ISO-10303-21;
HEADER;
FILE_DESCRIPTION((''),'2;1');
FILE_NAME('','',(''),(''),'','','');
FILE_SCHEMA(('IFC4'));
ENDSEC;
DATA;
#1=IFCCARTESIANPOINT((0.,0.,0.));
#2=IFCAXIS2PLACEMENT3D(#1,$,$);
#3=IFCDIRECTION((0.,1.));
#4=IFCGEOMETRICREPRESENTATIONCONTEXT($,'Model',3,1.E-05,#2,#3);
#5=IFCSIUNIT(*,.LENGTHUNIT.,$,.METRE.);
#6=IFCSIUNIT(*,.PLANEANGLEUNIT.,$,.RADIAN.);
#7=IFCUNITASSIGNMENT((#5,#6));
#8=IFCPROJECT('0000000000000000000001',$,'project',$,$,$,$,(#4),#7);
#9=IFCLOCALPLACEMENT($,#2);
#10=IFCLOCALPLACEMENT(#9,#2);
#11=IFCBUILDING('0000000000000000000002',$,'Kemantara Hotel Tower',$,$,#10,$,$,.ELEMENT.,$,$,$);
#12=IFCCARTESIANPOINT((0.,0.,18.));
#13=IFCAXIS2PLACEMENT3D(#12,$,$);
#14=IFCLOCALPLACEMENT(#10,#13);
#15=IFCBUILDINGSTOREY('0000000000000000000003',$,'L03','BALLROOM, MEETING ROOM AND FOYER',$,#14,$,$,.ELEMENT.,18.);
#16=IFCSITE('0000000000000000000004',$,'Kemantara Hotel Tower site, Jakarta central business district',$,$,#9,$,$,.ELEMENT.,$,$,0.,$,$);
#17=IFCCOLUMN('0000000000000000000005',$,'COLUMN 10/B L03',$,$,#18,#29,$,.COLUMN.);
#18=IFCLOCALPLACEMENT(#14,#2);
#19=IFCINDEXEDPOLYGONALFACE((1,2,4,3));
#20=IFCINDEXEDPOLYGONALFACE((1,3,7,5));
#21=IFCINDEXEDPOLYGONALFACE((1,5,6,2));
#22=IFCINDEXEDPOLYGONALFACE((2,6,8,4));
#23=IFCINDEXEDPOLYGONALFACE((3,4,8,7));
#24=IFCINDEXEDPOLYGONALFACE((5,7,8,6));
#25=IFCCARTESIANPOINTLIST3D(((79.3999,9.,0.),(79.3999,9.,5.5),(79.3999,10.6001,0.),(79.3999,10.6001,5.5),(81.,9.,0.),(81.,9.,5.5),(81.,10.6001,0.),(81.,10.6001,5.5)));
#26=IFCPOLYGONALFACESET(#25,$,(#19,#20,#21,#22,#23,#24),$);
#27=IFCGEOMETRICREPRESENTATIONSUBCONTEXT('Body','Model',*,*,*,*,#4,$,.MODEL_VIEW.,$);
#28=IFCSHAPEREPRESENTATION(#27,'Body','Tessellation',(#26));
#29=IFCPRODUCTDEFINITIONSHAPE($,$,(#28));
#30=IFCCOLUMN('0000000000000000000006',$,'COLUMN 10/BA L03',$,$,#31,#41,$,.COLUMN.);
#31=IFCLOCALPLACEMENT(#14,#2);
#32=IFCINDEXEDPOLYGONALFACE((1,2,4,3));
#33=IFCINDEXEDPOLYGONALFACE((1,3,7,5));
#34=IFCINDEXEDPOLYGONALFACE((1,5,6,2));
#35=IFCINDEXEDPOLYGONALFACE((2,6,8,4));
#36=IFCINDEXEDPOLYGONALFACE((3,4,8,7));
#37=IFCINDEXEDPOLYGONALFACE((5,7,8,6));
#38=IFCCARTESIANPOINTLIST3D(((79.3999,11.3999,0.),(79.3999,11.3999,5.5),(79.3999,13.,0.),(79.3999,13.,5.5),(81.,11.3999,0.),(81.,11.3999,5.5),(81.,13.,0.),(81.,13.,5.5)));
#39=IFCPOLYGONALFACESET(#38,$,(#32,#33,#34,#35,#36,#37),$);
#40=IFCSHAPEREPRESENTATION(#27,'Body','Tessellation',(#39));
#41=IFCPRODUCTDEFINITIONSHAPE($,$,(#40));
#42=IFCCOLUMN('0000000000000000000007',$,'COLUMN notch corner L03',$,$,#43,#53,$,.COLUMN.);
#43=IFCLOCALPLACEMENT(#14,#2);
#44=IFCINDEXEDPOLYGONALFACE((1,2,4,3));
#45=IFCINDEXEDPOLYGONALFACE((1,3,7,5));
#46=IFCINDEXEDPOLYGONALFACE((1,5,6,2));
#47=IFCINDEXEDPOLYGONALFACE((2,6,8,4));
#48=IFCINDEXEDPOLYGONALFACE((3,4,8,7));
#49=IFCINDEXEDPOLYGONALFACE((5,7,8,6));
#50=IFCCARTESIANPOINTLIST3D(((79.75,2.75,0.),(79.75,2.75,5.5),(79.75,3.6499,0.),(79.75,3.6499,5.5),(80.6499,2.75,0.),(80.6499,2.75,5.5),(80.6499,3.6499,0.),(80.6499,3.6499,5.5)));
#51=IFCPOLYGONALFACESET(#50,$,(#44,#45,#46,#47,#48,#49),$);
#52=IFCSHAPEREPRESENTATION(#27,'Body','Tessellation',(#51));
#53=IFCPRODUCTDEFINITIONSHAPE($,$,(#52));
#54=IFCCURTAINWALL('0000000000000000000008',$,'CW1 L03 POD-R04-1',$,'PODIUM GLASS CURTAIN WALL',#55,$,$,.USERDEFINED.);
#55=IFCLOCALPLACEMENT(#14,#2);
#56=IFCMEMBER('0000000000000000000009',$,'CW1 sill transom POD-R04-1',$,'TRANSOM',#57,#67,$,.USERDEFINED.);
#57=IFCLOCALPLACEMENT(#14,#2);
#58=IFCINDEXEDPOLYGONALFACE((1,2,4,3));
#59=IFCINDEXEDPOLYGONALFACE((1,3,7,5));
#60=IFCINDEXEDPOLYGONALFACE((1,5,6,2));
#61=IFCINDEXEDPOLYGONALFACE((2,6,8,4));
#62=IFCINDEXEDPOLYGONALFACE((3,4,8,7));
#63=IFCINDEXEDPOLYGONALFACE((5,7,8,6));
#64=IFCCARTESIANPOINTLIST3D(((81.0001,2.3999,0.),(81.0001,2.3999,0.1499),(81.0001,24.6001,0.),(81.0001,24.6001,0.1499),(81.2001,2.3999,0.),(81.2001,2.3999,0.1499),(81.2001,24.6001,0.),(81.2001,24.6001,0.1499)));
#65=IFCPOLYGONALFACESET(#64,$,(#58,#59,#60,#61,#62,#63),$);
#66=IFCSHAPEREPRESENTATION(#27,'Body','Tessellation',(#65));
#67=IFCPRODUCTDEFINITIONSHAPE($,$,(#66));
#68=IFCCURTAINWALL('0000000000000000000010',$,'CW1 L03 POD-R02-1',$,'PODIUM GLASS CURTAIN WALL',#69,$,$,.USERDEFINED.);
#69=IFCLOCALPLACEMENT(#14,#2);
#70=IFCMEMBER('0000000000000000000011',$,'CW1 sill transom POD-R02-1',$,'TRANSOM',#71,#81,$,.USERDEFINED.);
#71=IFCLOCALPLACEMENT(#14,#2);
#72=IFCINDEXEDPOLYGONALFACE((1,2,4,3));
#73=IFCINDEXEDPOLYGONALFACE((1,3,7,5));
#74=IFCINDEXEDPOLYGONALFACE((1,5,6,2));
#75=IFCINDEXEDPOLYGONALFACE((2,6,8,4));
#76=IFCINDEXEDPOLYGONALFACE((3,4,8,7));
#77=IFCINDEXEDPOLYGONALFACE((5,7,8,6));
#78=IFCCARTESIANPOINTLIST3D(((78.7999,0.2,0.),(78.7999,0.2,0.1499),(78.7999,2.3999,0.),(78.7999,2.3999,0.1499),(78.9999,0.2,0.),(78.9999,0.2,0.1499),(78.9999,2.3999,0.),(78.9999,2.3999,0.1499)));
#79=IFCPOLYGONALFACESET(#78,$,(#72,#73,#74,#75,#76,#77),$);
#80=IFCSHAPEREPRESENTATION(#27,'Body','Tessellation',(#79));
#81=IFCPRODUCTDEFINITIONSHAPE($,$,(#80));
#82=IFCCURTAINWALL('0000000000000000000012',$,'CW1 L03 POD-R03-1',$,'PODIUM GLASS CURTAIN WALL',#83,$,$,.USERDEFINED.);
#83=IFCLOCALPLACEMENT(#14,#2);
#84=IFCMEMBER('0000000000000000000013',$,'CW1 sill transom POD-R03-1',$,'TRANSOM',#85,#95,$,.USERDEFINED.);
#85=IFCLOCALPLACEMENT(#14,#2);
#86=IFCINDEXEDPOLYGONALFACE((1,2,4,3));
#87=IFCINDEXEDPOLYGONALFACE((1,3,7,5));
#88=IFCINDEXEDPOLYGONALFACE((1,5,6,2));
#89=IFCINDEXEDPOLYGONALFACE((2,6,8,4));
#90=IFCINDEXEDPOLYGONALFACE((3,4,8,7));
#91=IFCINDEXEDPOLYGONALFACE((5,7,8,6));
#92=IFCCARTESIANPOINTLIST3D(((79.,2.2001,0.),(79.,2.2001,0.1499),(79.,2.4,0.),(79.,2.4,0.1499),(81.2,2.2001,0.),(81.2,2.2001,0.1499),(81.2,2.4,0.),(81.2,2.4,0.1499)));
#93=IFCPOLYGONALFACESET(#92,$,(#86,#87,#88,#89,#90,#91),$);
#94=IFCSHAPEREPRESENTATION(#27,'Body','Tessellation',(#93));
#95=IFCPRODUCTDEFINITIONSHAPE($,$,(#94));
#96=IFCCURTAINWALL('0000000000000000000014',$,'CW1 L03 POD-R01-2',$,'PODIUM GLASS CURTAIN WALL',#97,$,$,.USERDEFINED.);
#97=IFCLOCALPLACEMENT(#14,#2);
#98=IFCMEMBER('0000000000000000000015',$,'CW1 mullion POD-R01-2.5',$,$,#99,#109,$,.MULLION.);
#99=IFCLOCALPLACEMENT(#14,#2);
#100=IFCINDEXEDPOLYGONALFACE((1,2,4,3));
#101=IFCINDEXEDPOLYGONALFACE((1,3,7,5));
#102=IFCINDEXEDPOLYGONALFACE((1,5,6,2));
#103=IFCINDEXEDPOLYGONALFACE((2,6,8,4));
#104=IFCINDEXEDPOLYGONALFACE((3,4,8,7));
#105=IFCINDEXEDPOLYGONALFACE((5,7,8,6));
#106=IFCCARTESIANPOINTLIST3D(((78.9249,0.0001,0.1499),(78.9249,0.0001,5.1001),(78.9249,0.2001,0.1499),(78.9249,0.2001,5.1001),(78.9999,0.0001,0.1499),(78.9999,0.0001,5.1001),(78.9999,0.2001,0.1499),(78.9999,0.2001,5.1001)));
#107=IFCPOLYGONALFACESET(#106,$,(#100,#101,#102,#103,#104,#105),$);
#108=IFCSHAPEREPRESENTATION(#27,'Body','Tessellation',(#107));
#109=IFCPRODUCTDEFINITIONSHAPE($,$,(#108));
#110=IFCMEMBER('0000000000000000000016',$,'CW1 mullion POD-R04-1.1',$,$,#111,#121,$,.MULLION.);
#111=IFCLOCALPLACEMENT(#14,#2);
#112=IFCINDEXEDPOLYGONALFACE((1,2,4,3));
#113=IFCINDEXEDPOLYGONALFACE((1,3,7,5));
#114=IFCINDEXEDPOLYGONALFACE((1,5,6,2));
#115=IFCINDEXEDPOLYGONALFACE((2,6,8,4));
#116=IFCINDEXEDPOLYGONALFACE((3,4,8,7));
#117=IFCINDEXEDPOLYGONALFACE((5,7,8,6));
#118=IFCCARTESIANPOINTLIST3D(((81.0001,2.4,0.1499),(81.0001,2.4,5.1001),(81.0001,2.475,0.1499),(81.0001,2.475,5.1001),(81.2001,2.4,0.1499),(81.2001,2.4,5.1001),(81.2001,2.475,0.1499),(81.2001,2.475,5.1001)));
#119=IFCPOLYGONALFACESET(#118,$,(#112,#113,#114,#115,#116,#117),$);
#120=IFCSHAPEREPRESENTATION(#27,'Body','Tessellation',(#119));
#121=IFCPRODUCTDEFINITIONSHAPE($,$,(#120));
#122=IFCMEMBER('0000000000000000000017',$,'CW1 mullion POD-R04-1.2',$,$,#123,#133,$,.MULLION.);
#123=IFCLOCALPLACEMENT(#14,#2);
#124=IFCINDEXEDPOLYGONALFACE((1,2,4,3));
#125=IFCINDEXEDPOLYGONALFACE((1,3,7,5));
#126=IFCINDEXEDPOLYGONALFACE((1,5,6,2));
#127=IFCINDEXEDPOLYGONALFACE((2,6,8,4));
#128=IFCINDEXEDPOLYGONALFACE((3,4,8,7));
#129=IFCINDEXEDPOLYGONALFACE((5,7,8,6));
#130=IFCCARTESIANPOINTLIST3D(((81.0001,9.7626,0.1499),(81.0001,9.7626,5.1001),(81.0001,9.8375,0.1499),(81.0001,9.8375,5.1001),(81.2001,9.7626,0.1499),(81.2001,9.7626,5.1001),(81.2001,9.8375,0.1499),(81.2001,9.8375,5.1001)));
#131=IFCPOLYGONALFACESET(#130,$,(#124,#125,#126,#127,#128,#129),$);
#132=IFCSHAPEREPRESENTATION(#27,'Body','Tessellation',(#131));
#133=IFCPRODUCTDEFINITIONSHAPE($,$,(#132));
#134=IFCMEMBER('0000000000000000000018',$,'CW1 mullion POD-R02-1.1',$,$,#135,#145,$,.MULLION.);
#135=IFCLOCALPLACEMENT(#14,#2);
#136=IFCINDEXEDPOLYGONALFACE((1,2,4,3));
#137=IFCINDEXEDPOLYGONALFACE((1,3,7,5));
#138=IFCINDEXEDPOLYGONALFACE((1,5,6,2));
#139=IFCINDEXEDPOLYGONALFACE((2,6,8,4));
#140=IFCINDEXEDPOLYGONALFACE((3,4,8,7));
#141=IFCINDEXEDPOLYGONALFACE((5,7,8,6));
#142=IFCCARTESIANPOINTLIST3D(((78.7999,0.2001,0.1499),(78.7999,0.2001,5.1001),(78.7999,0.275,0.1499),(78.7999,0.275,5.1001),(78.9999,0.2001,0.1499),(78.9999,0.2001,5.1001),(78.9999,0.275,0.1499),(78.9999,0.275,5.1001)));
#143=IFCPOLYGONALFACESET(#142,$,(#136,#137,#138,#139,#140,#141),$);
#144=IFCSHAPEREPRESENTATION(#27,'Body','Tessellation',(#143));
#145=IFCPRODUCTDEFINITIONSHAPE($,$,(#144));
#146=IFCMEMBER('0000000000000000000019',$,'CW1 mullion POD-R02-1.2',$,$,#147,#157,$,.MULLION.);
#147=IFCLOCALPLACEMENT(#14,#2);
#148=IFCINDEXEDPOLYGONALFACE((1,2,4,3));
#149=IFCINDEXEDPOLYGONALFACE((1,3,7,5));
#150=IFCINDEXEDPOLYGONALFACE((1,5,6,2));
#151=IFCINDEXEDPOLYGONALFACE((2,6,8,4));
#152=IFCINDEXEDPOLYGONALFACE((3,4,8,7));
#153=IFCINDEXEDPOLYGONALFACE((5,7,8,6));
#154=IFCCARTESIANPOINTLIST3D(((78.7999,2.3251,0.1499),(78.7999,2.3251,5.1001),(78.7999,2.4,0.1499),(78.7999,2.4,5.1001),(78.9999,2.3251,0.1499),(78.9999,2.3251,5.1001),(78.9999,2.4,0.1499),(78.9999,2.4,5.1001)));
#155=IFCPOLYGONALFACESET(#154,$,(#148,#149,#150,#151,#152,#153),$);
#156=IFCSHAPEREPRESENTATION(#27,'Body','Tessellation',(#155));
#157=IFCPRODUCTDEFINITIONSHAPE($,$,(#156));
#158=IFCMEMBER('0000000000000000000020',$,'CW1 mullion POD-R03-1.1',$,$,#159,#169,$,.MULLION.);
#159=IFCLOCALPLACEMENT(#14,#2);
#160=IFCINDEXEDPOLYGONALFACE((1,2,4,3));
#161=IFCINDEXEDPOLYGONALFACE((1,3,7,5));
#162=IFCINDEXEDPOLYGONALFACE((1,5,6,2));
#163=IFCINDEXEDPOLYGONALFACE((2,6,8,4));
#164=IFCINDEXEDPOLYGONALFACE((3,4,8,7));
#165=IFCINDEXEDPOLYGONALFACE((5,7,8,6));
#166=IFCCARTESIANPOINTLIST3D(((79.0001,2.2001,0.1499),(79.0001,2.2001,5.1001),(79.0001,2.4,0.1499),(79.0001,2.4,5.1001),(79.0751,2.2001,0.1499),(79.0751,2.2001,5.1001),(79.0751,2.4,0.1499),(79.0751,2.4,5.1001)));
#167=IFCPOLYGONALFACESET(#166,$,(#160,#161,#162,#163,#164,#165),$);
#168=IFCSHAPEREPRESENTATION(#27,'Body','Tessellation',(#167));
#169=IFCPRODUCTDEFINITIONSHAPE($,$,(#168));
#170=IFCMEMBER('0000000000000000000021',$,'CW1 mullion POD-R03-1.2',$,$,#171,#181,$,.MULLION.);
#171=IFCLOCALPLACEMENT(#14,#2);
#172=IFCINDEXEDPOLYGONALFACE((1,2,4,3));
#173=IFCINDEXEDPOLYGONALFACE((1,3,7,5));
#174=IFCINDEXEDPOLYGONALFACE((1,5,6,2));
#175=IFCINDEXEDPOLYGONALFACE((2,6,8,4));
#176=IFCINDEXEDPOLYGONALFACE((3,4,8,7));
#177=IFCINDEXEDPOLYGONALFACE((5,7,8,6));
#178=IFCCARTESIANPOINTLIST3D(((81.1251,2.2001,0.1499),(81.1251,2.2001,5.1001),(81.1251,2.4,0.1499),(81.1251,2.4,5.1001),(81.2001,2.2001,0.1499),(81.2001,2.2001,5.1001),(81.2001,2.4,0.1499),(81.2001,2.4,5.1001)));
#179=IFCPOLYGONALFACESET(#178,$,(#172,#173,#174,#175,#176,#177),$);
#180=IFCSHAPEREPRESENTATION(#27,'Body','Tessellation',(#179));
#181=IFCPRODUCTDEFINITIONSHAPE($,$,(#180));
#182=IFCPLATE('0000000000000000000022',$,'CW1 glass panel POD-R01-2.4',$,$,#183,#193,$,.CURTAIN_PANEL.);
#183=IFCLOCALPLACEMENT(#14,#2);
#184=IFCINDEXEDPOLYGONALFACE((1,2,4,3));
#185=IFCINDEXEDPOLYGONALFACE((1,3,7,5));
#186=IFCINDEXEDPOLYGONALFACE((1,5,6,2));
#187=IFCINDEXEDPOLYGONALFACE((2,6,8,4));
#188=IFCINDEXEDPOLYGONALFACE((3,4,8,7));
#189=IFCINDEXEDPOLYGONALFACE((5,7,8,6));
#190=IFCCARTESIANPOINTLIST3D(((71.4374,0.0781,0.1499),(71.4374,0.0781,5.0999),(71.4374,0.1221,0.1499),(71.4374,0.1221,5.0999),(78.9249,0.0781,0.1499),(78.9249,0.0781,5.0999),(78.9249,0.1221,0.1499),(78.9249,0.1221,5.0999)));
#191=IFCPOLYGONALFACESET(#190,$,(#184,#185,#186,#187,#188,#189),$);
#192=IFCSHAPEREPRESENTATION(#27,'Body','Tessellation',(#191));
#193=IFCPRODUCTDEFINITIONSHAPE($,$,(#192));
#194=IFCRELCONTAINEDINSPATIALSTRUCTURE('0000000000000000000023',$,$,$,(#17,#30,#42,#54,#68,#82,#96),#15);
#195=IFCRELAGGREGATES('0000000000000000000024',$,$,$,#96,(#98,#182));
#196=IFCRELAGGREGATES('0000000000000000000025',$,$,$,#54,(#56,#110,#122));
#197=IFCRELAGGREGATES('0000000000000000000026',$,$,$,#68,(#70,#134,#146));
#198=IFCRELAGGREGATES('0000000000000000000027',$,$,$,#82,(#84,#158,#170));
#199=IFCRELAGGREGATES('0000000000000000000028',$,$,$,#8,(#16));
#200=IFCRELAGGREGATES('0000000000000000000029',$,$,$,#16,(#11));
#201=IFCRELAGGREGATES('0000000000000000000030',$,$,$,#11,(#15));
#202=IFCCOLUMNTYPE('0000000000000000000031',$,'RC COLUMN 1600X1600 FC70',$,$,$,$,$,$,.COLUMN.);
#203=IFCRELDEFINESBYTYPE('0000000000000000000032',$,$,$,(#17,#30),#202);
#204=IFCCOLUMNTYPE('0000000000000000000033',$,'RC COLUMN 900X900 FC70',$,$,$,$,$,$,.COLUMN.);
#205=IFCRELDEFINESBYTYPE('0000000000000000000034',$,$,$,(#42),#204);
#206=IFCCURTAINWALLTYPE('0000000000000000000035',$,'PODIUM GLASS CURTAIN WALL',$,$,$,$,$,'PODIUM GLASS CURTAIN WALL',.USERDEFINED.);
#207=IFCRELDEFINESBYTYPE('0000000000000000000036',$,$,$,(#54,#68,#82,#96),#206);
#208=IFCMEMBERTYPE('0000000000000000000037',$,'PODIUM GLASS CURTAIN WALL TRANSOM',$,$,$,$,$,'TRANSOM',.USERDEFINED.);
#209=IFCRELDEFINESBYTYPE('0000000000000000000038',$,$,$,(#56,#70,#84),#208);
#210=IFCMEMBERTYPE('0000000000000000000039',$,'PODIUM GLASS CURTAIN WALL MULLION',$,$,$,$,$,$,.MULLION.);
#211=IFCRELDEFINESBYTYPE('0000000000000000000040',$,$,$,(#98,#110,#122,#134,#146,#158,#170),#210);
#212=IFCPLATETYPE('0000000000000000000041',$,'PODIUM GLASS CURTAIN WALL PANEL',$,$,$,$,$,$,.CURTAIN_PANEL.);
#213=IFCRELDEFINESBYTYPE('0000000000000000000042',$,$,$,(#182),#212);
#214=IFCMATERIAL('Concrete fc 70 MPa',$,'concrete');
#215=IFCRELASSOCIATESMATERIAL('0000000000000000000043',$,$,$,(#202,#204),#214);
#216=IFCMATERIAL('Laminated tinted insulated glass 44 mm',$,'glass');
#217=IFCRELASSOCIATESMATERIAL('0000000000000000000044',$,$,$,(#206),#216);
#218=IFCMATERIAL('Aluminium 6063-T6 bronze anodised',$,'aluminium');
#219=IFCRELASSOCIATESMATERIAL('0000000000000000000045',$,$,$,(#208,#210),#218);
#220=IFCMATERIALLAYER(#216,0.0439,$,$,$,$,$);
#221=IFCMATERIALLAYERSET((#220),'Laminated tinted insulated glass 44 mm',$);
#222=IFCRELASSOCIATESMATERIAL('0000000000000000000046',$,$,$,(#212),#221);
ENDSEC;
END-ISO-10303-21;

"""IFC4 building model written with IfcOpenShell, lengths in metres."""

from ifc_helpers import new_model, si_unit, direction, frame, origin, origin_2d, place, context, subcontext, project, spatial, rectangle, extrude, source, transform, mapped, material, layer, layer_set, material_profile, profile_set, type_object, element, aggregate, save


model = new_model("IFC4")

# Units and contexts
model_context = context("Model", 3, precision=1e-05, world=origin(), true_north=direction((0.0, 1.0)))
body_context = subcontext(model_context, "Body", "Model", "MODEL_VIEW")
ifc_project = project(units=[si_unit("LENGTHUNIT", "METRE"), si_unit("PLANEANGLEUNIT", "RADIAN")], contexts=[model_context])

# Site, building, storey
site_placement = place(None, origin())
site = spatial("IfcSite", under=ifc_project, at=site_placement, Name="Kemantara Hotel Tower site, Jakarta central business district", CompositionType="ELEMENT", RefElevation=0.0)
building_placement = place(site_placement, origin())
building = spatial("IfcBuilding", under=site, at=building_placement, Name="Kemantara Hotel Tower", CompositionType="ELEMENT")
storey_placement = place(building_placement, frame((0.0, 0.0, 18.0)))
storey = spatial("IfcBuildingStorey", under=building, at=storey_placement, Name="L03", Description="BALLROOM, MEETING ROOM AND FOYER", CompositionType="ELEMENT", Elevation=18.0)

# Columns
ifc_material_1 = material(Name="Concrete fc 70 MPa", Category="concrete")
ifc_material_profile_1 = material_profile(ifc_material_1, rectangle(XDim=1.6001, YDim=1.6001, at=origin_2d()), Name="RC 1600X1600")
ifc_profile_set_1 = profile_set([ifc_material_profile_1], Name="Concrete fc 70 MPa")
column_type_1 = type_object("IfcColumnType", Name="RC COLUMN 1600X1600 FC70", PredefinedType="COLUMN", material=ifc_profile_set_1)
for number, where, z_axis, x_axis, name in (
    (1, (80.2, 9.8, 0.0), (0.0, 0.0, 1.0), (1.0, 0.0, 0.0), "COLUMN 10/B L03"),
    (2, (80.2, 12.2, 0.0), (0.0, 0.0, 1.0), (1.0, 0.0, 0.0), "COLUMN 10/BA L03"),
):
    element("IfcColumn", number, at=place(storey_placement, frame(where, z_axis=z_axis, x_axis=x_axis)), inside=storey, type_object=column_type_1, Name=name, PredefinedType="COLUMN", context=body_context, shape_type="SweptSolid", body=[
        extrude(rectangle(XDim=1.6001, YDim=1.6001, at=origin_2d()), origin(), (0.0, 0.0, 1.0), 5.5),
    ])
ifc_material_profile_2 = material_profile(ifc_material_1, rectangle(XDim=0.8999, YDim=0.8999, at=origin_2d()), Name="RC 900X900")
ifc_profile_set_2 = profile_set([ifc_material_profile_2], Name="Concrete fc 70 MPa")
column_type_2 = type_object("IfcColumnType", Name="RC COLUMN 900X900 FC70", PredefinedType="COLUMN", material=ifc_profile_set_2)
column_placement = place(storey_placement, frame((80.2, 3.2, 0.0), z_axis=(0.0, 0.0, 1.0), x_axis=(1.0, 0.0, 0.0)))
element("IfcColumn", 3, at=column_placement, inside=storey, type_object=column_type_2, Name="COLUMN notch corner L03", PredefinedType="COLUMN", context=body_context, shape_type="SweptSolid", body=[
    extrude(rectangle(XDim=0.8999, YDim=0.8999, at=origin_2d()), origin(), (0.0, 0.0, 1.0), 5.5),
])

# Curtain walls, members
ifc_material_2 = material(Name="Laminated tinted insulated glass 44 mm", Category="glass")
curtain_wall_type = type_object("IfcCurtainWallType", Name="PODIUM GLASS CURTAIN WALL", ElementType="PODIUM GLASS CURTAIN WALL", PredefinedType="USERDEFINED", material=ifc_material_2)
curtain_wall_1_placement = place(storey_placement, origin())
curtain_wall_1 = element("IfcCurtainWall", 4, at=curtain_wall_1_placement, inside=storey, type_object=curtain_wall_type, Name="CW1 L03 POD-R04-1", ObjectType="PODIUM GLASS CURTAIN WALL", PredefinedType="USERDEFINED")
ifc_material_3 = material(Name="Aluminium 6063-T6 bronze anodised", Category="aluminium")
ifc_material_profile_3 = material_profile(ifc_material_3, rectangle(XDim=0.2, YDim=0.1499, at=origin_2d()), Name="PODIUM GLASS CURTAIN WALL TRANSOM")
ifc_profile_set_3 = profile_set([ifc_material_profile_3], Name="Aluminium 6063-T6 bronze anodised")
member_type_1 = type_object("IfcMemberType", Name="PODIUM GLASS CURTAIN WALL TRANSOM", ElementType="TRANSOM", PredefinedType="USERDEFINED", material=ifc_profile_set_3)
member_1_placement = place(storey_placement, frame((81.1001, 2.3999, 0.075), z_axis=(0.0, 1.0, 0.0), x_axis=(-1.0, 0.0, 0.0)))
member_1 = element("IfcMember", 5, at=member_1_placement, type_object=member_type_1, Name="CW1 sill transom POD-R04-1", ObjectType="TRANSOM", PredefinedType="USERDEFINED", context=body_context, shape_type="SweptSolid", body=[
    extrude(rectangle(XDim=0.2, YDim=0.1499, at=origin_2d()), origin(), (0.0, 0.0, 1.0), 22.2002),
])
curtain_wall_2_placement = place(storey_placement, origin())
curtain_wall_2 = element("IfcCurtainWall", 6, at=curtain_wall_2_placement, inside=storey, type_object=curtain_wall_type, Name="CW1 L03 POD-R02-1", ObjectType="PODIUM GLASS CURTAIN WALL", PredefinedType="USERDEFINED")
member_2_placement = place(storey_placement, frame((78.8999, 0.2, 0.075), z_axis=(0.0, 1.0, 0.0), x_axis=(-1.0, 0.0, 0.0)))
member_2 = element("IfcMember", 7, at=member_2_placement, type_object=member_type_1, Name="CW1 sill transom POD-R02-1", ObjectType="TRANSOM", PredefinedType="USERDEFINED", context=body_context, shape_type="SweptSolid", body=[
    extrude(rectangle(XDim=0.2, YDim=0.1499, at=origin_2d()), origin(), (0.0, 0.0, 1.0), 2.2),
])
curtain_wall_3_placement = place(storey_placement, origin())
curtain_wall_3 = element("IfcCurtainWall", 8, at=curtain_wall_3_placement, inside=storey, type_object=curtain_wall_type, Name="CW1 L03 POD-R03-1", ObjectType="PODIUM GLASS CURTAIN WALL", PredefinedType="USERDEFINED")
member_3_placement = place(storey_placement, frame((79.0, 2.3, 0.075), z_axis=(1.0, 0.0, 0.0), x_axis=(0.0, 1.0, 0.0)))
member_3 = element("IfcMember", 9, at=member_3_placement, type_object=member_type_1, Name="CW1 sill transom POD-R03-1", ObjectType="TRANSOM", PredefinedType="USERDEFINED", context=body_context, shape_type="SweptSolid", body=[
    extrude(rectangle(XDim=0.2, YDim=0.1499, at=origin_2d()), origin(), (0.0, 0.0, 1.0), 2.2),
])
curtain_wall_4_placement = place(storey_placement, origin())
curtain_wall_4 = element("IfcCurtainWall", 10, at=curtain_wall_4_placement, inside=storey, type_object=curtain_wall_type, Name="CW1 L03 POD-R01-2", ObjectType="PODIUM GLASS CURTAIN WALL", PredefinedType="USERDEFINED")
ifc_material_profile_4 = material_profile(ifc_material_3, rectangle(XDim=0.2, YDim=0.075, at=origin_2d()), Name="PODIUM GLASS CURTAIN WALL MULLION")
ifc_profile_set_4 = profile_set([ifc_material_profile_4], Name="Aluminium 6063-T6 bronze anodised")
member_type_2 = type_object("IfcMemberType", Name="PODIUM GLASS CURTAIN WALL MULLION", PredefinedType="MULLION", material=ifc_profile_set_4)
shared_shape_1 = source(origin(), body_context, "Body", "SweptSolid", [
    extrude(rectangle(XDim=0.2, YDim=0.075, at=origin_2d()), origin(), (0.0, 0.0, 1.0), 4.9502),
])
member_4_placement = place(storey_placement, frame((78.9624, 0.1001, 0.1499), z_axis=(0.0, 0.0, 1.0), x_axis=(0.0, 1.0, 0.0)))
member_4 = element("IfcMember", 11, at=member_4_placement, type_object=member_type_2, Name="CW1 mullion POD-R01-2.5", PredefinedType="MULLION", context=body_context, shape_type="MappedRepresentation", body=[
    mapped(shared_shape_1, transform((0.0, 0.0, 0.0))),
])

# Members
member_5_placement = place(storey_placement, frame((81.1001, 2.4375, 0.1499), z_axis=(0.0, 0.0, 1.0), x_axis=(-1.0, 0.0, 0.0)))
member_5 = element("IfcMember", 12, at=member_5_placement, type_object=member_type_2, Name="CW1 mullion POD-R04-1.1", PredefinedType="MULLION", context=body_context, shape_type="MappedRepresentation", body=[
    mapped(shared_shape_1, transform((0.0, 0.0, 0.0))),
])
member_6_placement = place(storey_placement, frame((81.1001, 9.8, 0.1499), z_axis=(0.0, 0.0, 1.0), x_axis=(-1.0, 0.0, 0.0)))
member_6 = element("IfcMember", 13, at=member_6_placement, type_object=member_type_2, Name="CW1 mullion POD-R04-1.2", PredefinedType="MULLION", context=body_context, shape_type="MappedRepresentation", body=[
    mapped(shared_shape_1, transform((0.0, 0.0, 0.0))),
])
member_7_placement = place(storey_placement, frame((78.8999, 0.2375, 0.1499), z_axis=(0.0, 0.0, 1.0), x_axis=(-1.0, 0.0, 0.0)))
member_7 = element("IfcMember", 14, at=member_7_placement, type_object=member_type_2, Name="CW1 mullion POD-R02-1.1", PredefinedType="MULLION", context=body_context, shape_type="MappedRepresentation", body=[
    mapped(shared_shape_1, transform((0.0, 0.0, 0.0))),
])
member_8_placement = place(storey_placement, frame((78.8999, 2.3625, 0.1499), z_axis=(0.0, 0.0, 1.0), x_axis=(-1.0, 0.0, 0.0)))
member_8 = element("IfcMember", 15, at=member_8_placement, type_object=member_type_2, Name="CW1 mullion POD-R02-1.2", PredefinedType="MULLION", context=body_context, shape_type="MappedRepresentation", body=[
    mapped(shared_shape_1, transform((0.0, 0.0, 0.0))),
])
member_9_placement = place(storey_placement, frame((79.0376, 2.3, 0.1499), z_axis=(0.0, 0.0, 1.0), x_axis=(0.0, 1.0, 0.0)))
member_9 = element("IfcMember", 16, at=member_9_placement, type_object=member_type_2, Name="CW1 mullion POD-R03-1.1", PredefinedType="MULLION", context=body_context, shape_type="MappedRepresentation", body=[
    mapped(shared_shape_1, transform((0.0, 0.0, 0.0))),
])
member_10_placement = place(storey_placement, frame((81.1626, 2.3, 0.1499), z_axis=(0.0, 0.0, 1.0), x_axis=(0.0, 1.0, 0.0)))
member_10 = element("IfcMember", 17, at=member_10_placement, type_object=member_type_2, Name="CW1 mullion POD-R03-1.2", PredefinedType="MULLION", context=body_context, shape_type="MappedRepresentation", body=[
    mapped(shared_shape_1, transform((0.0, 0.0, 0.0))),
])

# Plate
ifc_layer_1 = layer(ifc_material_2, 0.0439)
ifc_layer_set_1 = layer_set([ifc_layer_1], Name="Laminated tinted insulated glass 44 mm")
plate_type = type_object("IfcPlateType", Name="PODIUM GLASS CURTAIN WALL PANEL", PredefinedType="CURTAIN_PANEL", material=ifc_layer_set_1)
shared_shape_2 = source(origin(), body_context, "Body", "SweptSolid", [
    extrude(rectangle(XDim=7.4875, YDim=0.0439, at=origin_2d()), origin(), (0.0, 0.0, 1.0), 4.95),
])
plate_1_placement = place(storey_placement, frame((75.1812, 0.1001, 0.1499), z_axis=(0.0, 0.0, 1.0), x_axis=(1.0, 0.0, 0.0)))
plate_1 = element("IfcPlate", 18, at=plate_1_placement, type_object=plate_type, Name="CW1 glass panel POD-R01-2.4", PredefinedType="CURTAIN_PANEL", context=body_context, shape_type="MappedRepresentation", body=[
    mapped(shared_shape_2, transform((0.0, 0.0, 0.0))),
])
aggregate(curtain_wall_4, [member_4, plate_1])
aggregate(curtain_wall_1, [member_1, member_5, member_6])
aggregate(curtain_wall_2, [member_2, member_7, member_8])
aggregate(curtain_wall_3, [member_3, member_9, member_10])

save(model, "model.ifc")
